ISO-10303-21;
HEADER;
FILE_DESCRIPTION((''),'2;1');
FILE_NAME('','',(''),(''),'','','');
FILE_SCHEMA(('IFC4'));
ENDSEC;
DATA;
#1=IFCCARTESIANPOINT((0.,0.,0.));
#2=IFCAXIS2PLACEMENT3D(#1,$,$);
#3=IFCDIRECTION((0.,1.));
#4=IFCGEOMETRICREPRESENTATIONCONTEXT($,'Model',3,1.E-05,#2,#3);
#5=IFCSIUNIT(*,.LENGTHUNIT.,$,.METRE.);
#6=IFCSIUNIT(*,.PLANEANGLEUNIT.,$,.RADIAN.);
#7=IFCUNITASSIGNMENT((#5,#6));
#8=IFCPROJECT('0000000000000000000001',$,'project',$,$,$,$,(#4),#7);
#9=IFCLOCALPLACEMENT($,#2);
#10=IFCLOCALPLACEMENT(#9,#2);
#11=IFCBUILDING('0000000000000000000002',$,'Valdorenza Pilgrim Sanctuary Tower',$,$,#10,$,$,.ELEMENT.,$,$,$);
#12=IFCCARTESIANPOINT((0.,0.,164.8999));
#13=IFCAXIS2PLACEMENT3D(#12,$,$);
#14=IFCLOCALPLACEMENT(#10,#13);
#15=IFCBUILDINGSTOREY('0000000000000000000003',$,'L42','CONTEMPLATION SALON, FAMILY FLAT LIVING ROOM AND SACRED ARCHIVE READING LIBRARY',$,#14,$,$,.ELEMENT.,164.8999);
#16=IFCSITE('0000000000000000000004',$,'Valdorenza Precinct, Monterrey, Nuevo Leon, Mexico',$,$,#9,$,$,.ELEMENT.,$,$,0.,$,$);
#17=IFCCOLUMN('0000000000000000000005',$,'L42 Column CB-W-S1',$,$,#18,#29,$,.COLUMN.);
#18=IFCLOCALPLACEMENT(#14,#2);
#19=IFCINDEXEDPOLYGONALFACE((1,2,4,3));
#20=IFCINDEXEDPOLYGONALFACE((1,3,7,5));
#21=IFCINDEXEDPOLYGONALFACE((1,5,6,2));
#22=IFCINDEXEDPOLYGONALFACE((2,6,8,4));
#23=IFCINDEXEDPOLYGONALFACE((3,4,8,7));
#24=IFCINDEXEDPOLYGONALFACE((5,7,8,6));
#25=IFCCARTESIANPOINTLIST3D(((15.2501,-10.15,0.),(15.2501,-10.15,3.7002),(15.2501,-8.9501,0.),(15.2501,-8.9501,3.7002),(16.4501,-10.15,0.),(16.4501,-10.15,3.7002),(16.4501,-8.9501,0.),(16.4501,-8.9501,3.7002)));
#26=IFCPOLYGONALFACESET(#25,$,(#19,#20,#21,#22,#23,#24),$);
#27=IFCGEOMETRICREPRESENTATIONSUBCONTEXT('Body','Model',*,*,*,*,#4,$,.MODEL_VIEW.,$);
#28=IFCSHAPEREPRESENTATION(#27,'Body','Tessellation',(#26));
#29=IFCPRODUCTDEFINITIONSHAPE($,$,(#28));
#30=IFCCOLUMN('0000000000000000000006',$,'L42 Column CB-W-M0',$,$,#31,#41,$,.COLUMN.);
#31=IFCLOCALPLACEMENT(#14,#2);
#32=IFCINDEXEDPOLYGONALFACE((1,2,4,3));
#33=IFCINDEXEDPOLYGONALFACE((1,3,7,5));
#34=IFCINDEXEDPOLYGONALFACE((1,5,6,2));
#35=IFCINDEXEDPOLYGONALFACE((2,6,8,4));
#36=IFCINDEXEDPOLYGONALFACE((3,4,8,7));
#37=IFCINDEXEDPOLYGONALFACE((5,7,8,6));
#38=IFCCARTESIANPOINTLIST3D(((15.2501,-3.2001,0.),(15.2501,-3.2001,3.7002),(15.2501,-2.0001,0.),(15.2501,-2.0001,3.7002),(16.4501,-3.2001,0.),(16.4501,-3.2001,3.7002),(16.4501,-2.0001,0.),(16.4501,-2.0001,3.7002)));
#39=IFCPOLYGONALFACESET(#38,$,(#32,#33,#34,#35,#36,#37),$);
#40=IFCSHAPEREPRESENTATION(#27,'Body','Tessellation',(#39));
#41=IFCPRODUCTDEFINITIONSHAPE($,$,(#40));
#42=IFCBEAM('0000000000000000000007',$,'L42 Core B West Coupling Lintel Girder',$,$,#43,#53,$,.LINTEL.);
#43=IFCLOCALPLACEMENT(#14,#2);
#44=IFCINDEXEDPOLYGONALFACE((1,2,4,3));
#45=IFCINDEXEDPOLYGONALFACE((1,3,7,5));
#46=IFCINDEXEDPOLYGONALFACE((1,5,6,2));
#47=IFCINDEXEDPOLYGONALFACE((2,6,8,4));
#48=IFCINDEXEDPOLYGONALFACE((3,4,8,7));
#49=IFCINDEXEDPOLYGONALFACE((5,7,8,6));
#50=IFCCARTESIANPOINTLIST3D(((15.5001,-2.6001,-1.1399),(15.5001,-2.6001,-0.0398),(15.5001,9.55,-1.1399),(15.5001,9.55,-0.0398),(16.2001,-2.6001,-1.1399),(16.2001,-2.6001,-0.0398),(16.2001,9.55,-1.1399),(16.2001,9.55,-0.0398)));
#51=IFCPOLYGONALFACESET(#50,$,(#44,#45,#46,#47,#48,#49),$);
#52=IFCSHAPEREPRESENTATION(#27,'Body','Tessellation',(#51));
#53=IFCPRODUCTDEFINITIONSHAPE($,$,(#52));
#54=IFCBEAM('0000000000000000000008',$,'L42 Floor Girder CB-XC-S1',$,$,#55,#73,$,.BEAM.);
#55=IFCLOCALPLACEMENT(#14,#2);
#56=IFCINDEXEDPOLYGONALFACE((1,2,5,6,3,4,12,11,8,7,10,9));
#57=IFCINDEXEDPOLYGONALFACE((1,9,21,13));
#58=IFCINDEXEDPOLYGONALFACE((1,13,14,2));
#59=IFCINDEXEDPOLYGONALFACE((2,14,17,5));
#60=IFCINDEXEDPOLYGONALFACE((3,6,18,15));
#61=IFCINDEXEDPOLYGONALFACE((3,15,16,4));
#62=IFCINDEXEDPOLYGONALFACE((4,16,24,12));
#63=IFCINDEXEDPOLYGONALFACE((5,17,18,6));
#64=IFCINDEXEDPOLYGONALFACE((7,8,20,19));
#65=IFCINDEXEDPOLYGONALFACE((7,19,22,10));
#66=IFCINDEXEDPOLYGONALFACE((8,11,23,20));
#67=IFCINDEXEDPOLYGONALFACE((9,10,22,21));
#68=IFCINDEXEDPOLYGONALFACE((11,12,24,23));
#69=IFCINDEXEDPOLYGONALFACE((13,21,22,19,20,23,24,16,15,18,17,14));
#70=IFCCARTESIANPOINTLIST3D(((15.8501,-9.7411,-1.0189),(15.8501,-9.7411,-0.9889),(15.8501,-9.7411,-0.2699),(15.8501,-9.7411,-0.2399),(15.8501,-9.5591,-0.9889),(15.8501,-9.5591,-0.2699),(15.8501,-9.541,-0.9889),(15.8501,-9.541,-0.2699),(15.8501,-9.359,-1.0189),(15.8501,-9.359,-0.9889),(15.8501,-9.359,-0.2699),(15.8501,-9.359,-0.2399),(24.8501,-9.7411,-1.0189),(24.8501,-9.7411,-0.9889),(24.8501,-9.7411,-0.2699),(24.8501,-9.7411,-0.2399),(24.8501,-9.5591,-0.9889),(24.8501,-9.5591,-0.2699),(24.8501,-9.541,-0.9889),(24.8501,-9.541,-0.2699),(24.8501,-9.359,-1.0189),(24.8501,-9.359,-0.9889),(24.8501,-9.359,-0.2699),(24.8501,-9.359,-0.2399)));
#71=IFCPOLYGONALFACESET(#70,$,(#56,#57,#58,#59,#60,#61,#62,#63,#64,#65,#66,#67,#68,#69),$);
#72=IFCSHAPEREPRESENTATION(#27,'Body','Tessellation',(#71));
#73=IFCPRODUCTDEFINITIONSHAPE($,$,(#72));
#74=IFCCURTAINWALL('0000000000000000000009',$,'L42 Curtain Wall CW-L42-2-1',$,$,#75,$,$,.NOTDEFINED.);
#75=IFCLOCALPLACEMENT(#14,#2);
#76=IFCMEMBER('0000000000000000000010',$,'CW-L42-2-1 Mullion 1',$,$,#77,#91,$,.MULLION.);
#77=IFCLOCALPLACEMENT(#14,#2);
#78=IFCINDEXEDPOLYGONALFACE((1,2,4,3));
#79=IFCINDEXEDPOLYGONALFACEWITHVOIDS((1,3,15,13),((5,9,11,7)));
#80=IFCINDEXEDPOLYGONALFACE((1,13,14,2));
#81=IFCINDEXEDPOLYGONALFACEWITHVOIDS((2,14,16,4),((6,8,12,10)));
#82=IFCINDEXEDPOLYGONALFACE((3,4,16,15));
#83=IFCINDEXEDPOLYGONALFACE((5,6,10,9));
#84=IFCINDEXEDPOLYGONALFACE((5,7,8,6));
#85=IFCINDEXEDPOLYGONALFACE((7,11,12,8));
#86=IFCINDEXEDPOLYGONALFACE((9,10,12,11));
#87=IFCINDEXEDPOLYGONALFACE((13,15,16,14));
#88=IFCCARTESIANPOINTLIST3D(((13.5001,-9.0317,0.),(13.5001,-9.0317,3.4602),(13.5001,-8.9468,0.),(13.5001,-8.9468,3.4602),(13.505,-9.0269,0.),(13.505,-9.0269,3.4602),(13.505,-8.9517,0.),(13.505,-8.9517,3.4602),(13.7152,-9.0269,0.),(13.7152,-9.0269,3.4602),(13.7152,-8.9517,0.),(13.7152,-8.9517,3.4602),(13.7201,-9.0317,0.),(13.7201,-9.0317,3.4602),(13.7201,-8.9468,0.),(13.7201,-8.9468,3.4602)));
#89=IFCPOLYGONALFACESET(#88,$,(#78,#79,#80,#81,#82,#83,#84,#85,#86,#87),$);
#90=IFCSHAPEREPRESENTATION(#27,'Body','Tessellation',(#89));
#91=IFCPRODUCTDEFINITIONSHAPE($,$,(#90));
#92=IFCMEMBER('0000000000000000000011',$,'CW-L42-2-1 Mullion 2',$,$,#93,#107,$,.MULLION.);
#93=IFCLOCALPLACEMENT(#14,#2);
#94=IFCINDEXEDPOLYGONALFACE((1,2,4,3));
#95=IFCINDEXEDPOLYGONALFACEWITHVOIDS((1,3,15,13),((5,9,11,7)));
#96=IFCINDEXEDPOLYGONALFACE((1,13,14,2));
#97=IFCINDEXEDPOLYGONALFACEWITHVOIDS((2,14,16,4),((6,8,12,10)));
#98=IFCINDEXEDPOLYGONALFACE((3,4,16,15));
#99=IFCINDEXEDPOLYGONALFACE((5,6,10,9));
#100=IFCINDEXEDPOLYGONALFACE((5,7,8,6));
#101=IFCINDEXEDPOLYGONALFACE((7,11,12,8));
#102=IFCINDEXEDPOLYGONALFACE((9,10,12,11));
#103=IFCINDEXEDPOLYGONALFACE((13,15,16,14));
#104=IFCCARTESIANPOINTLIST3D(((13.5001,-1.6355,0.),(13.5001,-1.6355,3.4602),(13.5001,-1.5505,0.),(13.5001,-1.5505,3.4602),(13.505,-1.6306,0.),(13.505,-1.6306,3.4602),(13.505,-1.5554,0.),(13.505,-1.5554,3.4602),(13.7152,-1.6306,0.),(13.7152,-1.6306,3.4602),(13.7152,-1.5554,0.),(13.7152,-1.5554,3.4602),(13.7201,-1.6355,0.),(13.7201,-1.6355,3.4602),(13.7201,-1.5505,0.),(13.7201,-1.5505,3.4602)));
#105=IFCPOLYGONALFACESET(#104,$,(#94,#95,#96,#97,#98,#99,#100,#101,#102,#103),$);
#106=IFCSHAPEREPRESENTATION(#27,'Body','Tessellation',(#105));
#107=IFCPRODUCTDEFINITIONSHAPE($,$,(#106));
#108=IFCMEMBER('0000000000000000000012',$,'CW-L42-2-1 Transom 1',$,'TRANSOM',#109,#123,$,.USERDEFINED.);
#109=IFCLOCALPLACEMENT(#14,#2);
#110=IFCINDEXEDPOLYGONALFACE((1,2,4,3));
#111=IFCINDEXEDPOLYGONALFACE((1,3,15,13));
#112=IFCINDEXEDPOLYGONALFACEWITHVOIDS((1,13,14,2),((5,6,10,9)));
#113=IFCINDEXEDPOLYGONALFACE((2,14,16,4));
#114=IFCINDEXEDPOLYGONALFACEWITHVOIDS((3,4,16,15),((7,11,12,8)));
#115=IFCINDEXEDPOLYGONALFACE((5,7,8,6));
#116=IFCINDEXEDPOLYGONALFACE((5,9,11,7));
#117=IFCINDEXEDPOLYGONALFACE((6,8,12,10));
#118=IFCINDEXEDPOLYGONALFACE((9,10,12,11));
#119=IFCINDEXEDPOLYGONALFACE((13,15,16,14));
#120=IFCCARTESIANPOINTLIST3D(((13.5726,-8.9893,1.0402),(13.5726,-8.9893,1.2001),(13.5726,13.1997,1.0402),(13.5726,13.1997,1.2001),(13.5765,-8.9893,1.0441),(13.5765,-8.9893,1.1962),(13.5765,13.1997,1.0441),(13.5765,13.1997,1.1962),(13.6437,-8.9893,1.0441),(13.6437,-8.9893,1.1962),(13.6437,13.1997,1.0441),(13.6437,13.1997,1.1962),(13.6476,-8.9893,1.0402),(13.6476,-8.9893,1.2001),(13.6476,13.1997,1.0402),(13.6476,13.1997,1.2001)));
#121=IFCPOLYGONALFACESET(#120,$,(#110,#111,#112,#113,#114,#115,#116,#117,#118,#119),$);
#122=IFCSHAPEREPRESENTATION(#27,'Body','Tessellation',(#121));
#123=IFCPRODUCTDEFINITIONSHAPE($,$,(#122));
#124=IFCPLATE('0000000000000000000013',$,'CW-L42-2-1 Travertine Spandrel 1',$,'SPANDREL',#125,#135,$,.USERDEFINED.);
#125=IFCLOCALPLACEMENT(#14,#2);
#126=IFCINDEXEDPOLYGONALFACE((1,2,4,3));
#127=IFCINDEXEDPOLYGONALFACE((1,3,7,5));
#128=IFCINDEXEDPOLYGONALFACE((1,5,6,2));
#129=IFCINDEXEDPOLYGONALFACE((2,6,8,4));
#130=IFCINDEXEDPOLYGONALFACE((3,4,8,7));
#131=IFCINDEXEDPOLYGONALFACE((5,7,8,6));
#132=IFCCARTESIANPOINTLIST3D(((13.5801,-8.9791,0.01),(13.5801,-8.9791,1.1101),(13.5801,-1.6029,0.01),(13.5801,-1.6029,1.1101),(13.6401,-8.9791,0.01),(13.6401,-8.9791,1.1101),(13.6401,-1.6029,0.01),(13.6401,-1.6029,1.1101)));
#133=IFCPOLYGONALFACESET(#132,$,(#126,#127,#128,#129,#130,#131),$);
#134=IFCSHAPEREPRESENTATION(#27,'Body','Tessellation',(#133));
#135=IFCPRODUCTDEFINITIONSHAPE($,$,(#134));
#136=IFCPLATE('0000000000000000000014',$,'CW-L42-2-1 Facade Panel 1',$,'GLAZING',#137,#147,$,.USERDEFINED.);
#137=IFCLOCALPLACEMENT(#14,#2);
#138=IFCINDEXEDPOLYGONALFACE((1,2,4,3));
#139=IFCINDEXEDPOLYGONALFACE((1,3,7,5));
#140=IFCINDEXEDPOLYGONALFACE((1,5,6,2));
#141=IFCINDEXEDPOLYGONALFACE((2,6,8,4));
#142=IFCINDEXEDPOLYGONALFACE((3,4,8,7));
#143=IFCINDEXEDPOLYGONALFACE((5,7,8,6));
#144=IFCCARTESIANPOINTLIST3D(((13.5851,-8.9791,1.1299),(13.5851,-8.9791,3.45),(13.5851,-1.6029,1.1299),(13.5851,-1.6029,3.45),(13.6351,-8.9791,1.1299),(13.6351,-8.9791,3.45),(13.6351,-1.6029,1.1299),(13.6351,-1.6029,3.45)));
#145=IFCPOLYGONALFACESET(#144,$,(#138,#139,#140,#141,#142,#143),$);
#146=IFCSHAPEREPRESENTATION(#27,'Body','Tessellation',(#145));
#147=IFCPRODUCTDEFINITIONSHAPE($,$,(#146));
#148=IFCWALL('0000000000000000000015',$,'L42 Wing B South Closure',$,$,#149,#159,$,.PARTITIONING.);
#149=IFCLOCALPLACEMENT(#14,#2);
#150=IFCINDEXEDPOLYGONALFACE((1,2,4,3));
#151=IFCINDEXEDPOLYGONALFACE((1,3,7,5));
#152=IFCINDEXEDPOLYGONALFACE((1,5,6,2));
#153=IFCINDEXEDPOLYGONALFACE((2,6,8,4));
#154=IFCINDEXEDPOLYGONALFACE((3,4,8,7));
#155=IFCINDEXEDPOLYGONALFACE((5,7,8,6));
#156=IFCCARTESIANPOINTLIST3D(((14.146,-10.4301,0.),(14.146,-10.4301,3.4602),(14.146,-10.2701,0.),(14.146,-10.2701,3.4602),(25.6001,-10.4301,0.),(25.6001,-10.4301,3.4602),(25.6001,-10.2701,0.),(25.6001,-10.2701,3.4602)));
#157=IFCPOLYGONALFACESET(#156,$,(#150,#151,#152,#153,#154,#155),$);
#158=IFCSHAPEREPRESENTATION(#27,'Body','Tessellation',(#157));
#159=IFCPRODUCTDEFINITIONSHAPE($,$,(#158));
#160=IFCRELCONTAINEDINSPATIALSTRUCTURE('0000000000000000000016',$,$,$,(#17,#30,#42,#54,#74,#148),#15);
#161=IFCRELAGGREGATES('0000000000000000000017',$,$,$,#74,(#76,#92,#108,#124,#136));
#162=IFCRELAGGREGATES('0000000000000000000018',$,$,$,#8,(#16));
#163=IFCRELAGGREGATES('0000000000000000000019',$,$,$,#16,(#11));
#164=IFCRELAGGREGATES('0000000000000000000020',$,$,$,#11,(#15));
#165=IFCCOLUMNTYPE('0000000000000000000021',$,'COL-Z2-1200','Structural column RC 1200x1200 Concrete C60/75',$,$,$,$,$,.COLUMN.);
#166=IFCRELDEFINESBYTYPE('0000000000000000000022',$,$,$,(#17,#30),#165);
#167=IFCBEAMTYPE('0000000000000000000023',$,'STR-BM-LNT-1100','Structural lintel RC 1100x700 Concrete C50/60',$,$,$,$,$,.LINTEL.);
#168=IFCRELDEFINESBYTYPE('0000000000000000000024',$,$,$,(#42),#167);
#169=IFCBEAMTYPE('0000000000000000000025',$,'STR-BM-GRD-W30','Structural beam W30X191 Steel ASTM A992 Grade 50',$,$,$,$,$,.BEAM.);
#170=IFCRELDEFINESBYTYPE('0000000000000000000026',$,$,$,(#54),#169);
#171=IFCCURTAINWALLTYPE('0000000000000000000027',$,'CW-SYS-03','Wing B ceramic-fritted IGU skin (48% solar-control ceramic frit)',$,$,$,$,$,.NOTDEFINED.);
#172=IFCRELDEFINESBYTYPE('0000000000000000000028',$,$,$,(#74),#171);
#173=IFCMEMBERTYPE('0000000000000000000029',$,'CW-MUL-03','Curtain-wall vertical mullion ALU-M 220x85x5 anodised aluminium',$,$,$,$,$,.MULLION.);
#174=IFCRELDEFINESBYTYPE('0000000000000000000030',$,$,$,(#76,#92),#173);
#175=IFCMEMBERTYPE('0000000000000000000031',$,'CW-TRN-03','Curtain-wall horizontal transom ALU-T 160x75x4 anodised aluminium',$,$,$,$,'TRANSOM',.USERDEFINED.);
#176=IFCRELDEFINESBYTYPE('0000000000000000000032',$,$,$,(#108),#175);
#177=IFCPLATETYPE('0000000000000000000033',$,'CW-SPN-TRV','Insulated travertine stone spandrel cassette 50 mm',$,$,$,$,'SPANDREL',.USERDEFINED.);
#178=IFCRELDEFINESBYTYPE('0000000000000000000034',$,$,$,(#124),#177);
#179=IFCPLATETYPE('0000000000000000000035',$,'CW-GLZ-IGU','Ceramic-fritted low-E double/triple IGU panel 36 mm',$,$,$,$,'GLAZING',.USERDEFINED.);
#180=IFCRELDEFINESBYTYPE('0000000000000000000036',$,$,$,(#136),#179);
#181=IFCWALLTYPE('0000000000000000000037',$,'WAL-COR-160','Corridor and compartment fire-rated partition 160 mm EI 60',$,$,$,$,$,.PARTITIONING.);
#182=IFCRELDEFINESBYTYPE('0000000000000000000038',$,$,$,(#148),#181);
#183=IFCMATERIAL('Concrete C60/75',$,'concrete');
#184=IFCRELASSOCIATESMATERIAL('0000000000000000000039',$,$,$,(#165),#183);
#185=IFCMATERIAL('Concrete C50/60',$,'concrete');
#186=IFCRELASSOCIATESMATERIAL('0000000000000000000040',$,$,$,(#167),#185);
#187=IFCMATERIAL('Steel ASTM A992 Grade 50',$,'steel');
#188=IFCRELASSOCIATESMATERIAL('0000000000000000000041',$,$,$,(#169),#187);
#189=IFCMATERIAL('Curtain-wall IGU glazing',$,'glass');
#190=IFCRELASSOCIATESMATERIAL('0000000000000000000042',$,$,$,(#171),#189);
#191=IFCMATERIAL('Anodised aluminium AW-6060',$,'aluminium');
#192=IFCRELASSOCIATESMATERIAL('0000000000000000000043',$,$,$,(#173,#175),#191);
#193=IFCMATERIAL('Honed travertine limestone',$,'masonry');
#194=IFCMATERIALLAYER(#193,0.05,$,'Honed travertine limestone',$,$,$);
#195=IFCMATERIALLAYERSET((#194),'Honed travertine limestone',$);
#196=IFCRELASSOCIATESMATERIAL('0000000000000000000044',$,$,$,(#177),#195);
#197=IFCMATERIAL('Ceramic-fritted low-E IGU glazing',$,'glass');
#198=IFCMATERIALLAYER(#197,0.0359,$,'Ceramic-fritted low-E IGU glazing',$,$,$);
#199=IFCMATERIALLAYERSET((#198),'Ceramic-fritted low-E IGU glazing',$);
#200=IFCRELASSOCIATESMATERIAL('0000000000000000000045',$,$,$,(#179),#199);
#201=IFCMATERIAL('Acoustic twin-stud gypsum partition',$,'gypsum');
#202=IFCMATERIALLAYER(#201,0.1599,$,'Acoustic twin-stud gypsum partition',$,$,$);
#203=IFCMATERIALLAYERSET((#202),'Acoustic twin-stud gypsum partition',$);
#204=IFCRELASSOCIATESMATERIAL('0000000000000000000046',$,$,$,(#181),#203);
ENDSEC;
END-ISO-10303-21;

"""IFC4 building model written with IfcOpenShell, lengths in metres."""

from ifc_helpers import new_model, si_unit, direction, frame, frame_2d, origin, origin_2d, place, context, subcontext, project, spatial, rectangle, hollow_rectangle, i_section, extrude, source, transform, mapped, material, layer, layer_set, material_profile, profile_set, type_object, element, aggregate, save


model = new_model("IFC4")

# Units and contexts
model_context = context("Model", 3, precision=1e-05, world=origin(), true_north=direction((0.0, 1.0)))
body_context = subcontext(model_context, "Body", "Model", "MODEL_VIEW")
ifc_project = project(units=[si_unit("LENGTHUNIT", "METRE"), si_unit("PLANEANGLEUNIT", "RADIAN")], contexts=[model_context])

# Site, building, storey
site_placement = place(None, origin())
site = spatial("IfcSite", under=ifc_project, at=site_placement, Name="Valdorenza Precinct, Monterrey, Nuevo Leon, Mexico", CompositionType="ELEMENT", RefElevation=0.0)
building_placement = place(site_placement, origin())
building = spatial("IfcBuilding", under=site, at=building_placement, Name="Valdorenza Pilgrim Sanctuary Tower", CompositionType="ELEMENT")
storey_placement = place(building_placement, frame((0.0, 0.0, 164.8999)))
storey = spatial("IfcBuildingStorey", under=building, at=storey_placement, Name="L42", Description="CONTEMPLATION SALON, FAMILY FLAT LIVING ROOM AND SACRED ARCHIVE READING LIBRARY", CompositionType="ELEMENT", Elevation=164.8999)

# Columns
ifc_material_1 = material(Name="Concrete C60/75", Category="concrete")
ifc_material_profile_1 = material_profile(ifc_material_1, rectangle(XDim=1.2, YDim=1.2, at=origin_2d()), Name="RC 1200x1200")
ifc_profile_set_1 = profile_set([ifc_material_profile_1], Name="Concrete C60/75")
column_type = type_object("IfcColumnType", Name="COL-Z2-1200", Description="Structural column RC 1200x1200 Concrete C60/75", PredefinedType="COLUMN", material=ifc_profile_set_1)
shared_shape_1 = source(origin(), body_context, "Body", "SweptSolid", [
    extrude(rectangle(XDim=1.2, YDim=1.2, at=origin_2d()), origin(), (0.0, 0.0, 1.0), 3.7002),
])
for number, where, z_axis, x_axis, name in (
    (1, (15.8501, -9.55, 0.0), (0.0, 0.0, 1.0), (1.0, 0.0, 0.0), "L42 Column CB-W-S1"),
    (2, (15.8501, -2.6001, 0.0), (0.0, 0.0, 1.0), (1.0, 0.0, 0.0), "L42 Column CB-W-M0"),
):
    element("IfcColumn", number, at=place(storey_placement, frame(where, z_axis=z_axis, x_axis=x_axis)), inside=storey, type_object=column_type, Name=name, PredefinedType="COLUMN", context=body_context, shape_type="MappedRepresentation", body=[
        mapped(shared_shape_1, transform((0.0, 0.0, 0.0), x_axis=(1.0, 0.0, 0.0), y_axis=(0.0, 1.0, 0.0), z_axis=(0.0, 0.0, 1.0), scale=1.0)),
    ])

# Beams
ifc_material_2 = material(Name="Concrete C50/60", Category="concrete")
ifc_material_profile_2 = material_profile(ifc_material_2, rectangle(XDim=0.7, YDim=1.1001, at=origin_2d()), Name="RC 1100x700")
ifc_profile_set_2 = profile_set([ifc_material_profile_2], Name="Concrete C50/60")
beam_type_1 = type_object("IfcBeamType", Name="STR-BM-LNT-1100", Description="Structural lintel RC 1100x700 Concrete C50/60", PredefinedType="LINTEL", material=ifc_profile_set_2)
shared_shape_2 = source(origin(), body_context, "Body", "SweptSolid", [
    extrude(rectangle(XDim=0.7, YDim=1.1001, at=origin_2d()), origin(), (0.0, 0.0, 1.0), 12.1501),
])
beam_1_placement = place(storey_placement, frame((15.8501, -2.6001, -0.5898), z_axis=(0.0, 1.0, 0.0), x_axis=(-1.0, 0.0, 0.0)))
element("IfcBeam", 3, at=beam_1_placement, inside=storey, type_object=beam_type_1, Name="L42 Core B West Coupling Lintel Girder", PredefinedType="LINTEL", context=body_context, shape_type="MappedRepresentation", body=[
    mapped(shared_shape_2, transform((0.0, 0.0, 0.0), x_axis=(1.0, 0.0, 0.0), y_axis=(0.0, 1.0, 0.0), z_axis=(0.0, 0.0, 1.0), scale=1.0)),
])
ifc_material_3 = material(Name="Steel ASTM A992 Grade 50", Category="steel")
ifc_material_profile_3 = material_profile(ifc_material_3, i_section(OverallWidth=0.3821, OverallDepth=0.7791, WebThickness=0.0181, FlangeThickness=0.03, at=origin_2d()), Name="W30X191")
ifc_profile_set_3 = profile_set([ifc_material_profile_3], Name="Steel ASTM A992 Grade 50")
beam_type_2 = type_object("IfcBeamType", Name="STR-BM-GRD-W30", Description="Structural beam W30X191 Steel ASTM A992 Grade 50", PredefinedType="BEAM", material=ifc_profile_set_3)
shared_shape_3 = source(origin(), body_context, "Body", "SweptSolid", [
    extrude(i_section(OverallWidth=0.3821, OverallDepth=0.7791, WebThickness=0.0181, FlangeThickness=0.03, at=origin_2d()), origin(), (0.0, 0.0, 1.0), 9.0),
])
beam_2_placement = place(storey_placement, frame((15.8501, -9.55, -0.6294), z_axis=(1.0, 0.0, 0.0), x_axis=(0.0, 1.0, 0.0)))
element("IfcBeam", 4, at=beam_2_placement, inside=storey, type_object=beam_type_2, Name="L42 Floor Girder CB-XC-S1", PredefinedType="BEAM", context=body_context, shape_type="MappedRepresentation", body=[
    mapped(shared_shape_3, transform((0.0, 0.0, 0.0), x_axis=(1.0, 0.0, 0.0), y_axis=(0.0, 1.0, 0.0), z_axis=(0.0, 0.0, 1.0), scale=1.0)),
])

# Curtain wall, members, plates
ifc_material_4 = material(Name="Curtain-wall IGU glazing", Category="glass")
curtain_wall_type = type_object("IfcCurtainWallType", Name="CW-SYS-03", Description="Wing B ceramic-fritted IGU skin (48% solar-control ceramic frit)", PredefinedType="NOTDEFINED", material=ifc_material_4)
curtain_wall_placement = place(storey_placement, origin())
curtain_wall = element("IfcCurtainWall", 5, at=curtain_wall_placement, inside=storey, type_object=curtain_wall_type, Name="L42 Curtain Wall CW-L42-2-1", PredefinedType="NOTDEFINED")
ifc_material_5 = material(Name="Anodised aluminium AW-6060", Category="aluminium")
ifc_material_profile_4 = material_profile(ifc_material_5, hollow_rectangle(XDim=0.085, YDim=0.22, WallThickness=0.0049, at=origin_2d()), Name="ALU-M 220x85x5")
ifc_profile_set_4 = profile_set([ifc_material_profile_4], Name="Anodised aluminium AW-6060")
member_type_1 = type_object("IfcMemberType", Name="CW-MUL-03", Description="Curtain-wall vertical mullion ALU-M 220x85x5 anodised aluminium", PredefinedType="MULLION", material=ifc_profile_set_4)
shared_shape_4 = source(origin(), body_context, "Body", "SweptSolid", [
    extrude(hollow_rectangle(XDim=0.085, YDim=0.22, WallThickness=0.0049, at=origin_2d()), origin(), (0.0, 0.0, 1.0), 3.4602),
])
member_1_placement = place(storey_placement, frame((13.6101, -8.9893, 0.0), z_axis=(0.0, 0.0, 1.0), x_axis=(0.0, 1.0, 0.0)))
member_1 = element("IfcMember", 6, at=member_1_placement, type_object=member_type_1, Name="CW-L42-2-1 Mullion 1", PredefinedType="MULLION", context=body_context, shape_type="MappedRepresentation", body=[
    mapped(shared_shape_4, transform((0.0, 0.0, 0.0), x_axis=(1.0, 0.0, 0.0), y_axis=(0.0, 1.0, 0.0), z_axis=(0.0, 0.0, 1.0), scale=1.0)),
])
member_2_placement = place(storey_placement, frame((13.6101, -1.593, 0.0), z_axis=(0.0, 0.0, 1.0), x_axis=(0.0, 1.0, 0.0)))
member_2 = element("IfcMember", 7, at=member_2_placement, type_object=member_type_1, Name="CW-L42-2-1 Mullion 2", PredefinedType="MULLION", context=body_context, shape_type="MappedRepresentation", body=[
    mapped(shared_shape_4, transform((0.0, 0.0, 0.0), x_axis=(1.0, 0.0, 0.0), y_axis=(0.0, 1.0, 0.0), z_axis=(0.0, 0.0, 1.0), scale=1.0)),
])
ifc_material_profile_5 = material_profile(ifc_material_5, hollow_rectangle(XDim=0.075, YDim=0.1599, WallThickness=0.0039, at=origin_2d()), Name="ALU-T 160x75x4")
ifc_profile_set_5 = profile_set([ifc_material_profile_5], Name="Anodised aluminium AW-6060")
member_type_2 = type_object("IfcMemberType", Name="CW-TRN-03", Description="Curtain-wall horizontal transom ALU-T 160x75x4 anodised aluminium", ElementType="TRANSOM", PredefinedType="USERDEFINED", material=ifc_profile_set_5)
shared_shape_5 = source(origin(), body_context, "Body", "SweptSolid", [
    extrude(hollow_rectangle(XDim=0.075, YDim=0.1599, WallThickness=0.0039, at=origin_2d()), origin(), (0.0, 0.0, 1.0), 22.189),
])
member_3_placement = place(storey_placement, frame((13.6101, -8.9893, 1.1201), z_axis=(0.0, 1.0, 0.0), x_axis=(-1.0, 0.0, 0.0)))
member_3 = element("IfcMember", 8, at=member_3_placement, type_object=member_type_2, Name="CW-L42-2-1 Transom 1", ObjectType="TRANSOM", PredefinedType="USERDEFINED", context=body_context, shape_type="MappedRepresentation", body=[
    mapped(shared_shape_5, transform((0.0, 0.0, 0.0), x_axis=(1.0, 0.0, 0.0), y_axis=(0.0, 1.0, 0.0), z_axis=(0.0, 0.0, 1.0), scale=1.0)),
])
ifc_material_6 = material(Name="Honed travertine limestone", Category="masonry")
ifc_layer_1 = layer(ifc_material_6, 0.05, Name="Honed travertine limestone")
ifc_layer_set_1 = layer_set([ifc_layer_1], Name="Honed travertine limestone")
plate_type_1 = type_object("IfcPlateType", Name="CW-SPN-TRV", Description="Insulated travertine stone spandrel cassette 50 mm", ElementType="SPANDREL", PredefinedType="USERDEFINED", material=ifc_layer_set_1)
shared_shape_6 = source(origin(), body_context, "Body", "SweptSolid", [
    extrude(rectangle(XDim=7.3762, YDim=0.0601, at=origin_2d()), origin(), (0.0, 0.0, 1.0), 1.1001),
])
plate_1_placement = place(storey_placement, frame((13.6101, -5.291, 0.01), z_axis=(0.0, 0.0, 1.0), x_axis=(0.0, 1.0, 0.0)))
plate_1 = element("IfcPlate", 9, at=plate_1_placement, type_object=plate_type_1, Name="CW-L42-2-1 Travertine Spandrel 1", ObjectType="SPANDREL", PredefinedType="USERDEFINED", context=body_context, shape_type="MappedRepresentation", body=[
    mapped(shared_shape_6, transform((0.0, 0.0, 0.0), x_axis=(1.0, 0.0, 0.0), y_axis=(0.0, 1.0, 0.0), z_axis=(0.0, 0.0, 1.0), scale=1.0)),
])
ifc_material_7 = material(Name="Ceramic-fritted low-E IGU glazing", Category="glass")
ifc_layer_2 = layer(ifc_material_7, 0.0359, Name="Ceramic-fritted low-E IGU glazing")
ifc_layer_set_2 = layer_set([ifc_layer_2], Name="Ceramic-fritted low-E IGU glazing")
plate_type_2 = type_object("IfcPlateType", Name="CW-GLZ-IGU", Description="Ceramic-fritted low-E double/triple IGU panel 36 mm", ElementType="GLAZING", PredefinedType="USERDEFINED", material=ifc_layer_set_2)
shared_shape_7 = source(origin(), body_context, "Body", "SweptSolid", [
    extrude(rectangle(XDim=7.3762, YDim=0.05, at=origin_2d()), origin(), (0.0, 0.0, 1.0), 2.3201),
])
plate_2_placement = place(storey_placement, frame((13.6101, -5.291, 1.1299), z_axis=(0.0, 0.0, 1.0), x_axis=(0.0, 1.0, 0.0)))
plate_2 = element("IfcPlate", 10, at=plate_2_placement, type_object=plate_type_2, Name="CW-L42-2-1 Facade Panel 1", ObjectType="GLAZING", PredefinedType="USERDEFINED", context=body_context, shape_type="MappedRepresentation", body=[
    mapped(shared_shape_7, transform((0.0, 0.0, 0.0), x_axis=(1.0, 0.0, 0.0), y_axis=(0.0, 1.0, 0.0), z_axis=(0.0, 0.0, 1.0), scale=1.0)),
])
aggregate(curtain_wall, [member_1, member_2, member_3, plate_1, plate_2])

# Wall
ifc_material_8 = material(Name="Acoustic twin-stud gypsum partition", Category="gypsum")
ifc_layer_3 = layer(ifc_material_8, 0.1599, Name="Acoustic twin-stud gypsum partition")
ifc_layer_set_3 = layer_set([ifc_layer_3], Name="Acoustic twin-stud gypsum partition")
wall_type_1 = type_object("IfcWallType", Name="WAL-COR-160", Description="Corridor and compartment fire-rated partition 160 mm EI 60", PredefinedType="PARTITIONING", material=ifc_layer_set_3)
wall_1_placement = place(storey_placement, frame((14.146, -10.3501, 0.0), z_axis=(0.0, 0.0, 1.0), x_axis=(1.0, 0.0, 0.0)))
element("IfcWall", 11, at=wall_1_placement, inside=storey, type_object=wall_type_1, Name="L42 Wing B South Closure", PredefinedType="PARTITIONING", context=body_context, shape_type="SweptSolid", body=[
    extrude(rectangle(XDim=11.4541, YDim=0.1599, at=frame_2d((5.7271, 0.0))), origin(), (0.0, 0.0, 1.0), 3.4602),
])

save(model, "model.ifc")
